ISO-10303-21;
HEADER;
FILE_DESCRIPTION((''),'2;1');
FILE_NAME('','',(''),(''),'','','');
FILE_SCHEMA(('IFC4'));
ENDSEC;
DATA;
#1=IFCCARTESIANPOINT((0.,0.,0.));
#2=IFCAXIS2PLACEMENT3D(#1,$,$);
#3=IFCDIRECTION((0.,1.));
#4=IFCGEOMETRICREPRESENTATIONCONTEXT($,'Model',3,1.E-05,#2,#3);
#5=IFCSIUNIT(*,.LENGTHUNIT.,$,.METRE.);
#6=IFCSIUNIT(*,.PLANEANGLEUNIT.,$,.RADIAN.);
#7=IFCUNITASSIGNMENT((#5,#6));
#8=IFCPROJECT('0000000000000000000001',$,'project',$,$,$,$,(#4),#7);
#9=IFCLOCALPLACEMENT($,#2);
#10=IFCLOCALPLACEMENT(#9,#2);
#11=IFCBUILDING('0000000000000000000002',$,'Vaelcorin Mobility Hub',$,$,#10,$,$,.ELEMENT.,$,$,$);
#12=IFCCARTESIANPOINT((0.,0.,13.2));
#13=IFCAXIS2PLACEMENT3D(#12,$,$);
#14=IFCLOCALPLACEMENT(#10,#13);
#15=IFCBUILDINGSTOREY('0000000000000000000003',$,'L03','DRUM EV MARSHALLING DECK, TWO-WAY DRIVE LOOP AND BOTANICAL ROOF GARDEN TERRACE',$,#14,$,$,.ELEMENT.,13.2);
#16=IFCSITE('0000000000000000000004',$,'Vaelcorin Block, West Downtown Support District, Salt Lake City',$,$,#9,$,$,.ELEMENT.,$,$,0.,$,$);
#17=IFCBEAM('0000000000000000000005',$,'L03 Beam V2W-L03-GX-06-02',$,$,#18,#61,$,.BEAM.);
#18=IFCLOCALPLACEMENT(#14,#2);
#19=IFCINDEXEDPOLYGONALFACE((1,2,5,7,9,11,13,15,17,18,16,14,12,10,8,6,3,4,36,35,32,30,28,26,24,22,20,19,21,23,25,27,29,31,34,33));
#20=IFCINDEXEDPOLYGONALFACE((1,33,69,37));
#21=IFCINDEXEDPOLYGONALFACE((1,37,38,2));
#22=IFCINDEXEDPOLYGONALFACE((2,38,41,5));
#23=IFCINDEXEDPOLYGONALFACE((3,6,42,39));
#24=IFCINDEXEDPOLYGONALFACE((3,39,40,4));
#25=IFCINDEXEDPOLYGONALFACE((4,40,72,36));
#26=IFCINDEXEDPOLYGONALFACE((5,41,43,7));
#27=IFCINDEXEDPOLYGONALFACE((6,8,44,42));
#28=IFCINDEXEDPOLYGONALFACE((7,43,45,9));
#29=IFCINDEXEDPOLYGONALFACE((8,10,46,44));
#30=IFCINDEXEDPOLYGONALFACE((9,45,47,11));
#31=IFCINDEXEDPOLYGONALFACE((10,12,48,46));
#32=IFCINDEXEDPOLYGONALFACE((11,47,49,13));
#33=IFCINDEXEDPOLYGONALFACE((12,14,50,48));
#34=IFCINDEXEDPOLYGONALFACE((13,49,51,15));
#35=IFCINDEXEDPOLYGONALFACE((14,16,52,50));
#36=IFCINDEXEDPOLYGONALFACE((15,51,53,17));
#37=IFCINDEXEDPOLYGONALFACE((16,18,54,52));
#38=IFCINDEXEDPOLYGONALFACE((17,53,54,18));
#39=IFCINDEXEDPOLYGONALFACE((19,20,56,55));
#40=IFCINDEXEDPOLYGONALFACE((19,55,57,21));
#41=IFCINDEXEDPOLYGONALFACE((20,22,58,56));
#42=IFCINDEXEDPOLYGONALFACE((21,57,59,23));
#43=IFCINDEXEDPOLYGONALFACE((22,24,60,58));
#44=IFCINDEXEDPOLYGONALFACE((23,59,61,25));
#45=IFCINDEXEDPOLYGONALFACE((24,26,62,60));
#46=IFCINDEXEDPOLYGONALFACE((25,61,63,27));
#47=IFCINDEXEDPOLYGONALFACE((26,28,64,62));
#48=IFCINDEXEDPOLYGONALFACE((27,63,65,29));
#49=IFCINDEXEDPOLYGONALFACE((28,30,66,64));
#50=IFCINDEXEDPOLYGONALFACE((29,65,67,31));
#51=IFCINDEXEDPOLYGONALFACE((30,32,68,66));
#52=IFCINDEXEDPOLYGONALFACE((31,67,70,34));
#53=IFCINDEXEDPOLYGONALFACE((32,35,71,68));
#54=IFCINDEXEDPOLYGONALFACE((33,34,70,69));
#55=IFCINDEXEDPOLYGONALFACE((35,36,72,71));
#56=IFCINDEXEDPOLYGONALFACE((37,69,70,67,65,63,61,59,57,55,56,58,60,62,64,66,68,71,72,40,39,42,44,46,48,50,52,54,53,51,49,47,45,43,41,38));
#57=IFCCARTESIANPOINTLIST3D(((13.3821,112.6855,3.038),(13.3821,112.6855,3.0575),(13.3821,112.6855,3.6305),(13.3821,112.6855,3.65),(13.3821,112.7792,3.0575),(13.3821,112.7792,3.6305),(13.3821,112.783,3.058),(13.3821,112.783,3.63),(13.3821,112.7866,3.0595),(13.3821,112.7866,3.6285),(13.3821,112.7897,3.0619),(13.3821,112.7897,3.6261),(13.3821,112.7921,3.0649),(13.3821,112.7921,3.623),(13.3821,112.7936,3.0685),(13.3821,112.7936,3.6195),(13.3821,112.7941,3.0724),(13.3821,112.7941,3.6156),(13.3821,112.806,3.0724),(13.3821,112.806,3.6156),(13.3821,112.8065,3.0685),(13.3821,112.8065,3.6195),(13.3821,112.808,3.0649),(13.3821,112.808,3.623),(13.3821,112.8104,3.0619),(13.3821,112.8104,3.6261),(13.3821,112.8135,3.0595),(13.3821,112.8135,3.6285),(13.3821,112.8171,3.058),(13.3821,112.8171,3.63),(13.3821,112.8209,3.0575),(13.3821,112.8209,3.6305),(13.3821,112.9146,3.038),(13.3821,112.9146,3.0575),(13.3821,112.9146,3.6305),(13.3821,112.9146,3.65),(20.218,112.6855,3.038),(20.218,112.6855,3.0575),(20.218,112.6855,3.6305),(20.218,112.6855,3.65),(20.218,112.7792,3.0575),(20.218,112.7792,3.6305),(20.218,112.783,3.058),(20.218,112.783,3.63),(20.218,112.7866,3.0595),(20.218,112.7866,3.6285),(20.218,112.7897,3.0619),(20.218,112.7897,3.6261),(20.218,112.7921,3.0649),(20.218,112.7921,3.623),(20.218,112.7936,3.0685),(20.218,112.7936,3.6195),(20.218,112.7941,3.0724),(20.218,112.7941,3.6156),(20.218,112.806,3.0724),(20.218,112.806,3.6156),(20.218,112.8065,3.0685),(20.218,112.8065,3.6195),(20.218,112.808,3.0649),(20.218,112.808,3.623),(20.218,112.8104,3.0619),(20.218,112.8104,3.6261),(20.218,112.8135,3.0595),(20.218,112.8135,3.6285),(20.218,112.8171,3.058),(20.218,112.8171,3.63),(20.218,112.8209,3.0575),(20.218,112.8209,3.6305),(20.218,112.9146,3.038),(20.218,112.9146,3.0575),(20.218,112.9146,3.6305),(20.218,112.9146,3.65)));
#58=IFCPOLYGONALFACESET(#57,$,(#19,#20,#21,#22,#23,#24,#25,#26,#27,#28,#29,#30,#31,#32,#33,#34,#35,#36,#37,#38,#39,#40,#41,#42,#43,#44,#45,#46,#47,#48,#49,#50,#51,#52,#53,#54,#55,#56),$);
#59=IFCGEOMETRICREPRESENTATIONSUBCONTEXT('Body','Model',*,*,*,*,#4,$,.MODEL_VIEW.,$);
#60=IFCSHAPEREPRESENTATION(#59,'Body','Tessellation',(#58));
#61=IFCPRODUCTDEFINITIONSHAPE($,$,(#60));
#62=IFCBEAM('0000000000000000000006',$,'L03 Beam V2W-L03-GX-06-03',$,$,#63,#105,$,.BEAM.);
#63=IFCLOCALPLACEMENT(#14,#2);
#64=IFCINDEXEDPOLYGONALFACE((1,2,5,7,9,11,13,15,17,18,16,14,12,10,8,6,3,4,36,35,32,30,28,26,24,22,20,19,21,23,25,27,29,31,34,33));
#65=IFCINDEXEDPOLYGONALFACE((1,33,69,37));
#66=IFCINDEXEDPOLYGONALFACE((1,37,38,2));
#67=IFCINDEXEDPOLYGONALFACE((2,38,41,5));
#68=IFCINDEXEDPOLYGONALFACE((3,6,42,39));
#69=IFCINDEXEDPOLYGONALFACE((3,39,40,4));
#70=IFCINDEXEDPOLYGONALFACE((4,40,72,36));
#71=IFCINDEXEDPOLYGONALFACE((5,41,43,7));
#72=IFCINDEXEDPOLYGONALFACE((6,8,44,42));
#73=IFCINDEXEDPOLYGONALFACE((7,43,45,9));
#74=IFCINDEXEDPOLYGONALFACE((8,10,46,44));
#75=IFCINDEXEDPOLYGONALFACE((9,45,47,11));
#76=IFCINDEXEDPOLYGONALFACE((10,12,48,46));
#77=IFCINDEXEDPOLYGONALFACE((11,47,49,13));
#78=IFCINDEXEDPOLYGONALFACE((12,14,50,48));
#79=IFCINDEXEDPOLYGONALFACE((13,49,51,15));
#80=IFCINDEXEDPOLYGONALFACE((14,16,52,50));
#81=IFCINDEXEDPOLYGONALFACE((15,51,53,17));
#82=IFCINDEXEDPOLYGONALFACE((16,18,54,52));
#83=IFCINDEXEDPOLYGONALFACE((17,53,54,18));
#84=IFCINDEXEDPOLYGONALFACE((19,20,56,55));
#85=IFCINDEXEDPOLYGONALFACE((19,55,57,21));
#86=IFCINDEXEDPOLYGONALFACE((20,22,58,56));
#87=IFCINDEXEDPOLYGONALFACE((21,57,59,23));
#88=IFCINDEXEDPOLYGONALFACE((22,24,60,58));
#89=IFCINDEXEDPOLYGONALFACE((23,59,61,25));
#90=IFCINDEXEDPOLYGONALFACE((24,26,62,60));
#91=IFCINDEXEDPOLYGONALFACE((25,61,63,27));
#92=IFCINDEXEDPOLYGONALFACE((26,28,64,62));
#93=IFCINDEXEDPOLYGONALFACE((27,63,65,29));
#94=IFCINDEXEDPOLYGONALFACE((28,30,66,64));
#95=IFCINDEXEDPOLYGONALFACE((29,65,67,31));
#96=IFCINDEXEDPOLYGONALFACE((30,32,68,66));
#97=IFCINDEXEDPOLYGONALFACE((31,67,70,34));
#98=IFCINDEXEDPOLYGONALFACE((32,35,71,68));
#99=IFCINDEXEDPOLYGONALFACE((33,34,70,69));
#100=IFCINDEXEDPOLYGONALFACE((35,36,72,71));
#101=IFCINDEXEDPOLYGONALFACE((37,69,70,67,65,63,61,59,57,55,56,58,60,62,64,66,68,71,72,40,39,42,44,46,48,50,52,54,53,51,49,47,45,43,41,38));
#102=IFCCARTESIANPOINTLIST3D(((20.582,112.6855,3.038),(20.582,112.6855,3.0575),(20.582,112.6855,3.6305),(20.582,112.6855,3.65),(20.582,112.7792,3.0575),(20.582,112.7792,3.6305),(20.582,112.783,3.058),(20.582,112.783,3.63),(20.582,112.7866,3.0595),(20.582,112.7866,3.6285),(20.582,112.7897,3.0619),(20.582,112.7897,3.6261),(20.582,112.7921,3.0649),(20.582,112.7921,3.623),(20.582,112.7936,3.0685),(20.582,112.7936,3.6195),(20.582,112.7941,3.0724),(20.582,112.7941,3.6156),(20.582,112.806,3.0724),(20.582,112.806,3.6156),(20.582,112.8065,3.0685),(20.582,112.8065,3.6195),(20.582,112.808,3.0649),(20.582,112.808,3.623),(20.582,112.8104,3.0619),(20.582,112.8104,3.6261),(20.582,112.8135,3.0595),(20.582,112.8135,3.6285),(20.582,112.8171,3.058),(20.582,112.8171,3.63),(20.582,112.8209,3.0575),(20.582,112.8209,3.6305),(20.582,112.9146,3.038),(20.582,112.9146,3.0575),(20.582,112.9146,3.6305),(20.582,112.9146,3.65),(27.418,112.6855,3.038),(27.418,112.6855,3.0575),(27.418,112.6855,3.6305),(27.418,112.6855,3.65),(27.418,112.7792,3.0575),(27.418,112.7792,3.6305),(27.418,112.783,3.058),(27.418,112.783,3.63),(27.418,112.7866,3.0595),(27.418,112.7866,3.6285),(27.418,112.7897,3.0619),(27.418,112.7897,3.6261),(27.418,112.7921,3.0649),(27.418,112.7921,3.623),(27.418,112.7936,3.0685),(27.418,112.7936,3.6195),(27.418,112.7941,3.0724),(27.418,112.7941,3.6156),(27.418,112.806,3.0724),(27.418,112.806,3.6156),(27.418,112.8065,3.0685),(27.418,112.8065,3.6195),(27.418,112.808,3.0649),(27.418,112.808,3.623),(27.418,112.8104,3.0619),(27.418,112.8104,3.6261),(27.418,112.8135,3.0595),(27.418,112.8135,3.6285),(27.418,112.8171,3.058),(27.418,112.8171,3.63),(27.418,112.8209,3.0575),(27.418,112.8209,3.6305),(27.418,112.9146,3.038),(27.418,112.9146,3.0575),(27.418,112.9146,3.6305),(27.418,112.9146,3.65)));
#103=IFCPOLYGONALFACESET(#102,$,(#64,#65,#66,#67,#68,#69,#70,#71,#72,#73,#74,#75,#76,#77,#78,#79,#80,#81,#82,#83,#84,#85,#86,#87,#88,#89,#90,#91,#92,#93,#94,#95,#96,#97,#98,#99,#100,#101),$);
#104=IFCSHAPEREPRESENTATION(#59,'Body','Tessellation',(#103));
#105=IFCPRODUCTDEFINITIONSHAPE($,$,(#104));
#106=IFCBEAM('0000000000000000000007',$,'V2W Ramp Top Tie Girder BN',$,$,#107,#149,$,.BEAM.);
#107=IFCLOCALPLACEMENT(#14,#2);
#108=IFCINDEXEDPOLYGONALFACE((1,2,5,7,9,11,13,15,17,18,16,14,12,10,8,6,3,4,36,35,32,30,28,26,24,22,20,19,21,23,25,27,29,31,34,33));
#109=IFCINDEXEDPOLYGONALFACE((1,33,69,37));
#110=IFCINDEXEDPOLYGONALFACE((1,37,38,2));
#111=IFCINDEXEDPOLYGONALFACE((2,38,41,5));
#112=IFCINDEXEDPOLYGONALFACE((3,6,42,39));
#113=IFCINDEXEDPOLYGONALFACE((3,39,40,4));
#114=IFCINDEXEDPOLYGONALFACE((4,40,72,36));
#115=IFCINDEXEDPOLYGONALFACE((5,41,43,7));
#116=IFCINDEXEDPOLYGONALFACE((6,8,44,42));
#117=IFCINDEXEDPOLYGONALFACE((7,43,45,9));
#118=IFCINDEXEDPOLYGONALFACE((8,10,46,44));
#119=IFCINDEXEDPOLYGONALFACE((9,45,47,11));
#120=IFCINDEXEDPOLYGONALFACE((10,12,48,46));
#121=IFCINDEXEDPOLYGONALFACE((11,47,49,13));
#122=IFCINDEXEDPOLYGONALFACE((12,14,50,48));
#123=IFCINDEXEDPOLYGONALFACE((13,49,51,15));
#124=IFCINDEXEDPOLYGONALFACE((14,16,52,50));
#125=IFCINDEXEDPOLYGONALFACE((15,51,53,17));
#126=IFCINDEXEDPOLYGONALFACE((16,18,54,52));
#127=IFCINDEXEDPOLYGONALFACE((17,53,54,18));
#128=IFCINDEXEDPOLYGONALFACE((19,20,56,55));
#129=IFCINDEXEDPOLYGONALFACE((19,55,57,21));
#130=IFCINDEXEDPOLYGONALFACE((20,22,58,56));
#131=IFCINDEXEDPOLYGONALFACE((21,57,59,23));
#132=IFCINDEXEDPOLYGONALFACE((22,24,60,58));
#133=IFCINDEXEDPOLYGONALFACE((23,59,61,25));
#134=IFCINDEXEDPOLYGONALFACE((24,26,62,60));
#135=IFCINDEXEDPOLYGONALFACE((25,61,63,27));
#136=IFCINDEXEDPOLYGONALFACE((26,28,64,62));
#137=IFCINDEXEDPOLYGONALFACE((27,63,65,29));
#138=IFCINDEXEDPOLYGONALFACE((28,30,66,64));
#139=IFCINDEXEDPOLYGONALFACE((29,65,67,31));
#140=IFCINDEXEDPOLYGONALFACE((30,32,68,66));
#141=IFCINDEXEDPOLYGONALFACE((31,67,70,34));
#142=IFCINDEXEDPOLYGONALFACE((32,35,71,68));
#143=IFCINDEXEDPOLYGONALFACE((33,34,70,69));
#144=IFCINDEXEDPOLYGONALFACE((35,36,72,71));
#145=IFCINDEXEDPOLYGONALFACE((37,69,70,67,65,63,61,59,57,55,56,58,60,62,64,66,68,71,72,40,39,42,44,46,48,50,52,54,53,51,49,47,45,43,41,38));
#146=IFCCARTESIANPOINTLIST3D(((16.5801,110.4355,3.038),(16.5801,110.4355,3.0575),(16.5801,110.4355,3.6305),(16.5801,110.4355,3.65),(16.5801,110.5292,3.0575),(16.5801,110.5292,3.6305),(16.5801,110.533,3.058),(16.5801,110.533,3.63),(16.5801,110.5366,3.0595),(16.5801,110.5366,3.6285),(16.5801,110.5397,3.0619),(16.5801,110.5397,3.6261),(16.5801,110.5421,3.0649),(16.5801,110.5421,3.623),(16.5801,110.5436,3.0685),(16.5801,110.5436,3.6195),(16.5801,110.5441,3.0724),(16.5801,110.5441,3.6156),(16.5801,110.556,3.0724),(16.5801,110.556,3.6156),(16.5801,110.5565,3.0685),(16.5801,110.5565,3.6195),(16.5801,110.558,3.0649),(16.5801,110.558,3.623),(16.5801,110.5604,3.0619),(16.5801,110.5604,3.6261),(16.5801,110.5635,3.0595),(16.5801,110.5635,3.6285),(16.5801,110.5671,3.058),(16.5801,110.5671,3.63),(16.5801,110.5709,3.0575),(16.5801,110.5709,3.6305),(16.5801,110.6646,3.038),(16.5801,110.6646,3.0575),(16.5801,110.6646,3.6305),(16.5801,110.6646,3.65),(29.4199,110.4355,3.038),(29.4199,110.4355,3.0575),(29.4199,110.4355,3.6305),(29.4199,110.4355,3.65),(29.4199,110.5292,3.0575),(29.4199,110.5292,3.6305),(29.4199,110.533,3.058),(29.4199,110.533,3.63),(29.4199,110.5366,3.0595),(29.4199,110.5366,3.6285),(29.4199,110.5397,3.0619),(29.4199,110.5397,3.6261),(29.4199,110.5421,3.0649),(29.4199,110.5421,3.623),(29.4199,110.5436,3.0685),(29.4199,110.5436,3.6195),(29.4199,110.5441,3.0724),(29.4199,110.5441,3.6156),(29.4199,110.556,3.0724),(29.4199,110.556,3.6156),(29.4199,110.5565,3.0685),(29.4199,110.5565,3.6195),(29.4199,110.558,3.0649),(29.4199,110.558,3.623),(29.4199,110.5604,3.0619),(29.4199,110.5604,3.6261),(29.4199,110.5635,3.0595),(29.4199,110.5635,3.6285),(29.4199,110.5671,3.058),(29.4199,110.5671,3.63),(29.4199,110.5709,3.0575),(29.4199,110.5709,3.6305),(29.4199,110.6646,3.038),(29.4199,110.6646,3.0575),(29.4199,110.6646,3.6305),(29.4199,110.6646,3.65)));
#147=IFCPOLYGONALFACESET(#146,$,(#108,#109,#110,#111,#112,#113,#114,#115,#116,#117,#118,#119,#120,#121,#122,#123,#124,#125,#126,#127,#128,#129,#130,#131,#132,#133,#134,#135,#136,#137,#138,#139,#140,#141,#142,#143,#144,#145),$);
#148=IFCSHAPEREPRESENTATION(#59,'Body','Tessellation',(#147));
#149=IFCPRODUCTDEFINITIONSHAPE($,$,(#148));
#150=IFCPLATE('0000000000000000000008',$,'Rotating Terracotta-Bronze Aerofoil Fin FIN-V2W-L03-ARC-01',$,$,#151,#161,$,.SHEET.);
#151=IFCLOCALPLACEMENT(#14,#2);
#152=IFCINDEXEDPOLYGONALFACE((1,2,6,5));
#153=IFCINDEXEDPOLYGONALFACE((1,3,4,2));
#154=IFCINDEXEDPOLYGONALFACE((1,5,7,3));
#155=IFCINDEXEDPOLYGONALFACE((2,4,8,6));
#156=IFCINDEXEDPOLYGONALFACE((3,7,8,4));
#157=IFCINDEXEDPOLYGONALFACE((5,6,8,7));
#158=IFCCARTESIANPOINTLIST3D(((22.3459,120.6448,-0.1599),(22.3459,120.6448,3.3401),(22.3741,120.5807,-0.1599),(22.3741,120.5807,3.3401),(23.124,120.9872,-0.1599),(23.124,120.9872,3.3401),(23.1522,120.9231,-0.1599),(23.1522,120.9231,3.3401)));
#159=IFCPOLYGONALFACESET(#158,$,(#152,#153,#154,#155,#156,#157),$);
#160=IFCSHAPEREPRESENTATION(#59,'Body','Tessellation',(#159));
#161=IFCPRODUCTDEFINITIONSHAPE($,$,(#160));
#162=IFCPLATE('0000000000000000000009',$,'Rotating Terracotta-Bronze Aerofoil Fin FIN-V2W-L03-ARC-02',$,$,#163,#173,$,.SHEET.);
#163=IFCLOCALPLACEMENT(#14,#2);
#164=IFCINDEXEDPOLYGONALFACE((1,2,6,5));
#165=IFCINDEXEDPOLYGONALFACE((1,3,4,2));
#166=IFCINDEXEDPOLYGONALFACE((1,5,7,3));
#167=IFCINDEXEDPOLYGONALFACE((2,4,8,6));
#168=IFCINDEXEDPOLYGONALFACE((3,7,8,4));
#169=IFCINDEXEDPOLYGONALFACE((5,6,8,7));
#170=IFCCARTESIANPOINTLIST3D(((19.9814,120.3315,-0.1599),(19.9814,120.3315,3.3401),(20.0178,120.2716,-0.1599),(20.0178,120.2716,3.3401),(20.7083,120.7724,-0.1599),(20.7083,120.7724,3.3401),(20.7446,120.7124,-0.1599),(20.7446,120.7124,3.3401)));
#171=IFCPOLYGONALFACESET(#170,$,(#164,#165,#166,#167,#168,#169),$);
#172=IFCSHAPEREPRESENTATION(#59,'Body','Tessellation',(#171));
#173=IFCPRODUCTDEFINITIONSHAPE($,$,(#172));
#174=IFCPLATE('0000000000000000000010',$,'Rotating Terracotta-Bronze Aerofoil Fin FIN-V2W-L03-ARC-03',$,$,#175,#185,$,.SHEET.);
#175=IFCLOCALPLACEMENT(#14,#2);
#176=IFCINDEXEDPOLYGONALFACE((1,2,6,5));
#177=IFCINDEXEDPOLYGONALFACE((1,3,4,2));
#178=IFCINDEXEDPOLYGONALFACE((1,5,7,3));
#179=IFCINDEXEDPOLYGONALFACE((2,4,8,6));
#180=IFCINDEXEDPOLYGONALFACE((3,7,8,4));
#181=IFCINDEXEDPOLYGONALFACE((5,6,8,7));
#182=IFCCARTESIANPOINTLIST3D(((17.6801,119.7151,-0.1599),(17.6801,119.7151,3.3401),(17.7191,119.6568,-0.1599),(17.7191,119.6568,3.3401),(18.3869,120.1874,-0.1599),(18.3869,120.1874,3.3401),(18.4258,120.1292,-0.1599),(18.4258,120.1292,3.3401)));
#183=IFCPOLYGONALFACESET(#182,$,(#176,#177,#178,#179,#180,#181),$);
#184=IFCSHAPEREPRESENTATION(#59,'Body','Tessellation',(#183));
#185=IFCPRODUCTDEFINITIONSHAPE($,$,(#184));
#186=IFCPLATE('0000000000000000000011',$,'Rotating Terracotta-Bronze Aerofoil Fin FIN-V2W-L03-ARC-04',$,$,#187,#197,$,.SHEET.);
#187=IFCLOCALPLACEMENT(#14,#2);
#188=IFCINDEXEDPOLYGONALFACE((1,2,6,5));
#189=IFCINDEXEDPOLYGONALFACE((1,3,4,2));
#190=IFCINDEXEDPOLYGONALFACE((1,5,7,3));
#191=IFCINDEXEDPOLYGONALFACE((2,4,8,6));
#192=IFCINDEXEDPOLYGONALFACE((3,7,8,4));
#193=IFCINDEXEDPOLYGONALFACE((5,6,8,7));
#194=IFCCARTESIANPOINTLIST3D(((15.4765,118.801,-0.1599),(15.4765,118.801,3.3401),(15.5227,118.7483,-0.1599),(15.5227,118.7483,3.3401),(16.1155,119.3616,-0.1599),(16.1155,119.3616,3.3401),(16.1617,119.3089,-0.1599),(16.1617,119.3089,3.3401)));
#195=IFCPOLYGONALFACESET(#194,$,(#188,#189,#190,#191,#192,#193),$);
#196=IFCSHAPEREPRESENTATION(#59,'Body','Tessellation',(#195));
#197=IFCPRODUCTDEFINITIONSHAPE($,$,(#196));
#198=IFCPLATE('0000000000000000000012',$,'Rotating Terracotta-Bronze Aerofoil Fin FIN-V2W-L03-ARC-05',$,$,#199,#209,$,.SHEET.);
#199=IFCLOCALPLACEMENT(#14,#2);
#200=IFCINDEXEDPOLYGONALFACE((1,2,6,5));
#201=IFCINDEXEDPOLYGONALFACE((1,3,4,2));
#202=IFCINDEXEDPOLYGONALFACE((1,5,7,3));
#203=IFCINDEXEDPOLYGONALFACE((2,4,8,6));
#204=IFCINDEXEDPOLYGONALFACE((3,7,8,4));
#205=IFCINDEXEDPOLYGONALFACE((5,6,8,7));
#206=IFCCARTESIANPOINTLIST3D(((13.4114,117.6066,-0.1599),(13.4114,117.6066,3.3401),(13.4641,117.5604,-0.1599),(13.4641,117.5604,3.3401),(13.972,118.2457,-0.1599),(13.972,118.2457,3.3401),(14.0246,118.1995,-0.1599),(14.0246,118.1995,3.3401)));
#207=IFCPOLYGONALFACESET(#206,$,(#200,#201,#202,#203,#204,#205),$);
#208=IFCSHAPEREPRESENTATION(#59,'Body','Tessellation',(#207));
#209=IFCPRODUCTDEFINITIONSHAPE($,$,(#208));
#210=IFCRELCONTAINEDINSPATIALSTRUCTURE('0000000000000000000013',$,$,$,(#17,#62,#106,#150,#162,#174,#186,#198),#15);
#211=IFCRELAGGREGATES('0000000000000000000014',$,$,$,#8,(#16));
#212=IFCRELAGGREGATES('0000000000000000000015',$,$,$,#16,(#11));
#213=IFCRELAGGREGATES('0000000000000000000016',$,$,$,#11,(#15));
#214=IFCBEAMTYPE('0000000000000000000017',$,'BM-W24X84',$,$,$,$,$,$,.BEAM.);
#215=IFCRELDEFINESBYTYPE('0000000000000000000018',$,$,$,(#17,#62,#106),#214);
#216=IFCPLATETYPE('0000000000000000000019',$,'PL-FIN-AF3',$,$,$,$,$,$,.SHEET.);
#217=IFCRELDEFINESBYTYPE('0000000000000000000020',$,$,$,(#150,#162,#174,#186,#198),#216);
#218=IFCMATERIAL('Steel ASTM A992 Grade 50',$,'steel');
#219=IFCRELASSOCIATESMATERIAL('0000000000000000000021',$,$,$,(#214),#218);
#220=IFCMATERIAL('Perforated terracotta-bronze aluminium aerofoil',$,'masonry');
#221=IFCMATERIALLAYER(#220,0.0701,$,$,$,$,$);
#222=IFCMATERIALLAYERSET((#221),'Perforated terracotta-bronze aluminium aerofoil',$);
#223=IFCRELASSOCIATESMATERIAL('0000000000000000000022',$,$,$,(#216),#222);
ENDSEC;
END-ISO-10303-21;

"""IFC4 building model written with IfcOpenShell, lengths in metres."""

from ifc_helpers import new_model, si_unit, direction, frame, origin, origin_2d, place, context, subcontext, project, spatial, rectangle, i_section, extrude, material, layer, layer_set, material_profile, profile_set, type_object, element, save


model = new_model("IFC4")

# Units and contexts
model_context = context("Model", 3, precision=1e-05, world=origin(), true_north=direction((0.0, 1.0)))
body_context = subcontext(model_context, "Body", "Model", "MODEL_VIEW")
ifc_project = project(units=[si_unit("LENGTHUNIT", "METRE"), si_unit("PLANEANGLEUNIT", "RADIAN")], contexts=[model_context])

# Site, building, storey
site_placement = place(None, origin())
site = spatial("IfcSite", under=ifc_project, at=site_placement, Name="Vaelcorin Block, West Downtown Support District, Salt Lake City", CompositionType="ELEMENT", RefElevation=0.0)
building_placement = place(site_placement, origin())
building = spatial("IfcBuilding", under=site, at=building_placement, Name="Vaelcorin Mobility Hub", CompositionType="ELEMENT")
storey_placement = place(building_placement, frame((0.0, 0.0, 13.2)))
storey = spatial("IfcBuildingStorey", under=building, at=storey_placement, Name="L03", Description="DRUM EV MARSHALLING DECK, TWO-WAY DRIVE LOOP AND BOTANICAL ROOF GARDEN TERRACE", CompositionType="ELEMENT", Elevation=13.2)

# Shared definitions
ifc_material_1 = material(Name="Steel ASTM A992 Grade 50", Category="steel")

# Beams
ifc_material_profile_1 = material_profile(ifc_material_1, i_section(OverallWidth=0.229, OverallDepth=0.6121, WebThickness=0.012, FlangeThickness=0.0195, FilletRadius=0.0149, at=origin_2d()), Name="W24X84")
ifc_profile_set_1 = profile_set([ifc_material_profile_1], Name="Steel ASTM A992 Grade 50")
beam_type_1 = type_object("IfcBeamType", Name="BM-W24X84", PredefinedType="BEAM", material=ifc_profile_set_1)
for number, where, z_axis, x_axis, name in (
    (1, (13.3821, 112.8, 3.344), (1.0, 0.0, 0.0), (0.0, 1.0, 0.0), "L03 Beam V2W-L03-GX-06-02"),
    (2, (20.582, 112.8, 3.344), (1.0, 0.0, 0.0), (0.0, 1.0, 0.0), "L03 Beam V2W-L03-GX-06-03"),
):
    element("IfcBeam", number, at=place(storey_placement, frame(where, z_axis=z_axis, x_axis=x_axis)), inside=storey, type_object=beam_type_1, Name=name, PredefinedType="BEAM", context=body_context, shape_type="SweptSolid", body=[
        extrude(i_section(OverallWidth=0.229, OverallDepth=0.6121, WebThickness=0.012, FlangeThickness=0.0195, FilletRadius=0.0149, at=origin_2d()), origin(), (0.0, 0.0, 1.0), 6.8359),
    ])
beam_1_placement = place(storey_placement, frame((16.5801, 110.55, 3.344), z_axis=(1.0, 0.0, 0.0), x_axis=(0.0, 1.0, 0.0)))
element("IfcBeam", 3, at=beam_1_placement, inside=storey, type_object=beam_type_1, Name="V2W Ramp Top Tie Girder BN", PredefinedType="BEAM", context=body_context, shape_type="SweptSolid", body=[
    extrude(i_section(OverallWidth=0.229, OverallDepth=0.6121, WebThickness=0.012, FlangeThickness=0.0195, FilletRadius=0.0149, at=origin_2d()), origin(), (0.0, 0.0, 1.0), 12.8398),
])

# Plates
ifc_material_2 = material(Name="Perforated terracotta-bronze aluminium aerofoil", Category="masonry")
ifc_layer_1 = layer(ifc_material_2, 0.0701)
ifc_layer_set_1 = layer_set([ifc_layer_1], Name="Perforated terracotta-bronze aluminium aerofoil")
plate_type = type_object("IfcPlateType", Name="PL-FIN-AF3", PredefinedType="SHEET", material=ifc_layer_set_1)
for number, where, z_axis, x_axis, name in (
    (4, (22.749, 120.7839, -0.1599), (0.0, 0.0, 1.0), (0.915304, 0.402763, 0.0), "Rotating Terracotta-Bronze Aerofoil Fin FIN-V2W-L03-ARC-01"),
    (5, (20.363, 120.522, -0.1599), (0.0, 0.0, 1.0), (0.855021, 0.518594, 0.0), "Rotating Terracotta-Bronze Aerofoil Fin FIN-V2W-L03-ARC-02"),
    (6, (18.053, 119.9221, -0.1599), (0.0, 0.0, 1.0), (0.831392, 0.555686, 0.0), "Rotating Terracotta-Bronze Aerofoil Fin FIN-V2W-L03-ARC-03"),
    (7, (15.8191, 119.0549, -0.1599), (0.0, 0.0, 1.0), (0.751725, 0.659477, 0.0), "Rotating Terracotta-Bronze Aerofoil Fin FIN-V2W-L03-ARC-04"),
    (8, (13.718, 117.9031, -0.1599), (0.0, 0.0, 1.0), (0.659425, 0.751771, 0.0), "Rotating Terracotta-Bronze Aerofoil Fin FIN-V2W-L03-ARC-05"),
):
    element("IfcPlate", number, at=place(storey_placement, frame(where, z_axis=z_axis, x_axis=x_axis)), inside=storey, type_object=plate_type, Name=name, PredefinedType="SHEET", context=body_context, shape_type="SweptSolid", body=[
        extrude(rectangle(XDim=0.8501, YDim=0.0701, at=origin_2d()), origin(), (0.0, 0.0, 1.0), 3.5),
    ])

save(model, "model.ifc")
